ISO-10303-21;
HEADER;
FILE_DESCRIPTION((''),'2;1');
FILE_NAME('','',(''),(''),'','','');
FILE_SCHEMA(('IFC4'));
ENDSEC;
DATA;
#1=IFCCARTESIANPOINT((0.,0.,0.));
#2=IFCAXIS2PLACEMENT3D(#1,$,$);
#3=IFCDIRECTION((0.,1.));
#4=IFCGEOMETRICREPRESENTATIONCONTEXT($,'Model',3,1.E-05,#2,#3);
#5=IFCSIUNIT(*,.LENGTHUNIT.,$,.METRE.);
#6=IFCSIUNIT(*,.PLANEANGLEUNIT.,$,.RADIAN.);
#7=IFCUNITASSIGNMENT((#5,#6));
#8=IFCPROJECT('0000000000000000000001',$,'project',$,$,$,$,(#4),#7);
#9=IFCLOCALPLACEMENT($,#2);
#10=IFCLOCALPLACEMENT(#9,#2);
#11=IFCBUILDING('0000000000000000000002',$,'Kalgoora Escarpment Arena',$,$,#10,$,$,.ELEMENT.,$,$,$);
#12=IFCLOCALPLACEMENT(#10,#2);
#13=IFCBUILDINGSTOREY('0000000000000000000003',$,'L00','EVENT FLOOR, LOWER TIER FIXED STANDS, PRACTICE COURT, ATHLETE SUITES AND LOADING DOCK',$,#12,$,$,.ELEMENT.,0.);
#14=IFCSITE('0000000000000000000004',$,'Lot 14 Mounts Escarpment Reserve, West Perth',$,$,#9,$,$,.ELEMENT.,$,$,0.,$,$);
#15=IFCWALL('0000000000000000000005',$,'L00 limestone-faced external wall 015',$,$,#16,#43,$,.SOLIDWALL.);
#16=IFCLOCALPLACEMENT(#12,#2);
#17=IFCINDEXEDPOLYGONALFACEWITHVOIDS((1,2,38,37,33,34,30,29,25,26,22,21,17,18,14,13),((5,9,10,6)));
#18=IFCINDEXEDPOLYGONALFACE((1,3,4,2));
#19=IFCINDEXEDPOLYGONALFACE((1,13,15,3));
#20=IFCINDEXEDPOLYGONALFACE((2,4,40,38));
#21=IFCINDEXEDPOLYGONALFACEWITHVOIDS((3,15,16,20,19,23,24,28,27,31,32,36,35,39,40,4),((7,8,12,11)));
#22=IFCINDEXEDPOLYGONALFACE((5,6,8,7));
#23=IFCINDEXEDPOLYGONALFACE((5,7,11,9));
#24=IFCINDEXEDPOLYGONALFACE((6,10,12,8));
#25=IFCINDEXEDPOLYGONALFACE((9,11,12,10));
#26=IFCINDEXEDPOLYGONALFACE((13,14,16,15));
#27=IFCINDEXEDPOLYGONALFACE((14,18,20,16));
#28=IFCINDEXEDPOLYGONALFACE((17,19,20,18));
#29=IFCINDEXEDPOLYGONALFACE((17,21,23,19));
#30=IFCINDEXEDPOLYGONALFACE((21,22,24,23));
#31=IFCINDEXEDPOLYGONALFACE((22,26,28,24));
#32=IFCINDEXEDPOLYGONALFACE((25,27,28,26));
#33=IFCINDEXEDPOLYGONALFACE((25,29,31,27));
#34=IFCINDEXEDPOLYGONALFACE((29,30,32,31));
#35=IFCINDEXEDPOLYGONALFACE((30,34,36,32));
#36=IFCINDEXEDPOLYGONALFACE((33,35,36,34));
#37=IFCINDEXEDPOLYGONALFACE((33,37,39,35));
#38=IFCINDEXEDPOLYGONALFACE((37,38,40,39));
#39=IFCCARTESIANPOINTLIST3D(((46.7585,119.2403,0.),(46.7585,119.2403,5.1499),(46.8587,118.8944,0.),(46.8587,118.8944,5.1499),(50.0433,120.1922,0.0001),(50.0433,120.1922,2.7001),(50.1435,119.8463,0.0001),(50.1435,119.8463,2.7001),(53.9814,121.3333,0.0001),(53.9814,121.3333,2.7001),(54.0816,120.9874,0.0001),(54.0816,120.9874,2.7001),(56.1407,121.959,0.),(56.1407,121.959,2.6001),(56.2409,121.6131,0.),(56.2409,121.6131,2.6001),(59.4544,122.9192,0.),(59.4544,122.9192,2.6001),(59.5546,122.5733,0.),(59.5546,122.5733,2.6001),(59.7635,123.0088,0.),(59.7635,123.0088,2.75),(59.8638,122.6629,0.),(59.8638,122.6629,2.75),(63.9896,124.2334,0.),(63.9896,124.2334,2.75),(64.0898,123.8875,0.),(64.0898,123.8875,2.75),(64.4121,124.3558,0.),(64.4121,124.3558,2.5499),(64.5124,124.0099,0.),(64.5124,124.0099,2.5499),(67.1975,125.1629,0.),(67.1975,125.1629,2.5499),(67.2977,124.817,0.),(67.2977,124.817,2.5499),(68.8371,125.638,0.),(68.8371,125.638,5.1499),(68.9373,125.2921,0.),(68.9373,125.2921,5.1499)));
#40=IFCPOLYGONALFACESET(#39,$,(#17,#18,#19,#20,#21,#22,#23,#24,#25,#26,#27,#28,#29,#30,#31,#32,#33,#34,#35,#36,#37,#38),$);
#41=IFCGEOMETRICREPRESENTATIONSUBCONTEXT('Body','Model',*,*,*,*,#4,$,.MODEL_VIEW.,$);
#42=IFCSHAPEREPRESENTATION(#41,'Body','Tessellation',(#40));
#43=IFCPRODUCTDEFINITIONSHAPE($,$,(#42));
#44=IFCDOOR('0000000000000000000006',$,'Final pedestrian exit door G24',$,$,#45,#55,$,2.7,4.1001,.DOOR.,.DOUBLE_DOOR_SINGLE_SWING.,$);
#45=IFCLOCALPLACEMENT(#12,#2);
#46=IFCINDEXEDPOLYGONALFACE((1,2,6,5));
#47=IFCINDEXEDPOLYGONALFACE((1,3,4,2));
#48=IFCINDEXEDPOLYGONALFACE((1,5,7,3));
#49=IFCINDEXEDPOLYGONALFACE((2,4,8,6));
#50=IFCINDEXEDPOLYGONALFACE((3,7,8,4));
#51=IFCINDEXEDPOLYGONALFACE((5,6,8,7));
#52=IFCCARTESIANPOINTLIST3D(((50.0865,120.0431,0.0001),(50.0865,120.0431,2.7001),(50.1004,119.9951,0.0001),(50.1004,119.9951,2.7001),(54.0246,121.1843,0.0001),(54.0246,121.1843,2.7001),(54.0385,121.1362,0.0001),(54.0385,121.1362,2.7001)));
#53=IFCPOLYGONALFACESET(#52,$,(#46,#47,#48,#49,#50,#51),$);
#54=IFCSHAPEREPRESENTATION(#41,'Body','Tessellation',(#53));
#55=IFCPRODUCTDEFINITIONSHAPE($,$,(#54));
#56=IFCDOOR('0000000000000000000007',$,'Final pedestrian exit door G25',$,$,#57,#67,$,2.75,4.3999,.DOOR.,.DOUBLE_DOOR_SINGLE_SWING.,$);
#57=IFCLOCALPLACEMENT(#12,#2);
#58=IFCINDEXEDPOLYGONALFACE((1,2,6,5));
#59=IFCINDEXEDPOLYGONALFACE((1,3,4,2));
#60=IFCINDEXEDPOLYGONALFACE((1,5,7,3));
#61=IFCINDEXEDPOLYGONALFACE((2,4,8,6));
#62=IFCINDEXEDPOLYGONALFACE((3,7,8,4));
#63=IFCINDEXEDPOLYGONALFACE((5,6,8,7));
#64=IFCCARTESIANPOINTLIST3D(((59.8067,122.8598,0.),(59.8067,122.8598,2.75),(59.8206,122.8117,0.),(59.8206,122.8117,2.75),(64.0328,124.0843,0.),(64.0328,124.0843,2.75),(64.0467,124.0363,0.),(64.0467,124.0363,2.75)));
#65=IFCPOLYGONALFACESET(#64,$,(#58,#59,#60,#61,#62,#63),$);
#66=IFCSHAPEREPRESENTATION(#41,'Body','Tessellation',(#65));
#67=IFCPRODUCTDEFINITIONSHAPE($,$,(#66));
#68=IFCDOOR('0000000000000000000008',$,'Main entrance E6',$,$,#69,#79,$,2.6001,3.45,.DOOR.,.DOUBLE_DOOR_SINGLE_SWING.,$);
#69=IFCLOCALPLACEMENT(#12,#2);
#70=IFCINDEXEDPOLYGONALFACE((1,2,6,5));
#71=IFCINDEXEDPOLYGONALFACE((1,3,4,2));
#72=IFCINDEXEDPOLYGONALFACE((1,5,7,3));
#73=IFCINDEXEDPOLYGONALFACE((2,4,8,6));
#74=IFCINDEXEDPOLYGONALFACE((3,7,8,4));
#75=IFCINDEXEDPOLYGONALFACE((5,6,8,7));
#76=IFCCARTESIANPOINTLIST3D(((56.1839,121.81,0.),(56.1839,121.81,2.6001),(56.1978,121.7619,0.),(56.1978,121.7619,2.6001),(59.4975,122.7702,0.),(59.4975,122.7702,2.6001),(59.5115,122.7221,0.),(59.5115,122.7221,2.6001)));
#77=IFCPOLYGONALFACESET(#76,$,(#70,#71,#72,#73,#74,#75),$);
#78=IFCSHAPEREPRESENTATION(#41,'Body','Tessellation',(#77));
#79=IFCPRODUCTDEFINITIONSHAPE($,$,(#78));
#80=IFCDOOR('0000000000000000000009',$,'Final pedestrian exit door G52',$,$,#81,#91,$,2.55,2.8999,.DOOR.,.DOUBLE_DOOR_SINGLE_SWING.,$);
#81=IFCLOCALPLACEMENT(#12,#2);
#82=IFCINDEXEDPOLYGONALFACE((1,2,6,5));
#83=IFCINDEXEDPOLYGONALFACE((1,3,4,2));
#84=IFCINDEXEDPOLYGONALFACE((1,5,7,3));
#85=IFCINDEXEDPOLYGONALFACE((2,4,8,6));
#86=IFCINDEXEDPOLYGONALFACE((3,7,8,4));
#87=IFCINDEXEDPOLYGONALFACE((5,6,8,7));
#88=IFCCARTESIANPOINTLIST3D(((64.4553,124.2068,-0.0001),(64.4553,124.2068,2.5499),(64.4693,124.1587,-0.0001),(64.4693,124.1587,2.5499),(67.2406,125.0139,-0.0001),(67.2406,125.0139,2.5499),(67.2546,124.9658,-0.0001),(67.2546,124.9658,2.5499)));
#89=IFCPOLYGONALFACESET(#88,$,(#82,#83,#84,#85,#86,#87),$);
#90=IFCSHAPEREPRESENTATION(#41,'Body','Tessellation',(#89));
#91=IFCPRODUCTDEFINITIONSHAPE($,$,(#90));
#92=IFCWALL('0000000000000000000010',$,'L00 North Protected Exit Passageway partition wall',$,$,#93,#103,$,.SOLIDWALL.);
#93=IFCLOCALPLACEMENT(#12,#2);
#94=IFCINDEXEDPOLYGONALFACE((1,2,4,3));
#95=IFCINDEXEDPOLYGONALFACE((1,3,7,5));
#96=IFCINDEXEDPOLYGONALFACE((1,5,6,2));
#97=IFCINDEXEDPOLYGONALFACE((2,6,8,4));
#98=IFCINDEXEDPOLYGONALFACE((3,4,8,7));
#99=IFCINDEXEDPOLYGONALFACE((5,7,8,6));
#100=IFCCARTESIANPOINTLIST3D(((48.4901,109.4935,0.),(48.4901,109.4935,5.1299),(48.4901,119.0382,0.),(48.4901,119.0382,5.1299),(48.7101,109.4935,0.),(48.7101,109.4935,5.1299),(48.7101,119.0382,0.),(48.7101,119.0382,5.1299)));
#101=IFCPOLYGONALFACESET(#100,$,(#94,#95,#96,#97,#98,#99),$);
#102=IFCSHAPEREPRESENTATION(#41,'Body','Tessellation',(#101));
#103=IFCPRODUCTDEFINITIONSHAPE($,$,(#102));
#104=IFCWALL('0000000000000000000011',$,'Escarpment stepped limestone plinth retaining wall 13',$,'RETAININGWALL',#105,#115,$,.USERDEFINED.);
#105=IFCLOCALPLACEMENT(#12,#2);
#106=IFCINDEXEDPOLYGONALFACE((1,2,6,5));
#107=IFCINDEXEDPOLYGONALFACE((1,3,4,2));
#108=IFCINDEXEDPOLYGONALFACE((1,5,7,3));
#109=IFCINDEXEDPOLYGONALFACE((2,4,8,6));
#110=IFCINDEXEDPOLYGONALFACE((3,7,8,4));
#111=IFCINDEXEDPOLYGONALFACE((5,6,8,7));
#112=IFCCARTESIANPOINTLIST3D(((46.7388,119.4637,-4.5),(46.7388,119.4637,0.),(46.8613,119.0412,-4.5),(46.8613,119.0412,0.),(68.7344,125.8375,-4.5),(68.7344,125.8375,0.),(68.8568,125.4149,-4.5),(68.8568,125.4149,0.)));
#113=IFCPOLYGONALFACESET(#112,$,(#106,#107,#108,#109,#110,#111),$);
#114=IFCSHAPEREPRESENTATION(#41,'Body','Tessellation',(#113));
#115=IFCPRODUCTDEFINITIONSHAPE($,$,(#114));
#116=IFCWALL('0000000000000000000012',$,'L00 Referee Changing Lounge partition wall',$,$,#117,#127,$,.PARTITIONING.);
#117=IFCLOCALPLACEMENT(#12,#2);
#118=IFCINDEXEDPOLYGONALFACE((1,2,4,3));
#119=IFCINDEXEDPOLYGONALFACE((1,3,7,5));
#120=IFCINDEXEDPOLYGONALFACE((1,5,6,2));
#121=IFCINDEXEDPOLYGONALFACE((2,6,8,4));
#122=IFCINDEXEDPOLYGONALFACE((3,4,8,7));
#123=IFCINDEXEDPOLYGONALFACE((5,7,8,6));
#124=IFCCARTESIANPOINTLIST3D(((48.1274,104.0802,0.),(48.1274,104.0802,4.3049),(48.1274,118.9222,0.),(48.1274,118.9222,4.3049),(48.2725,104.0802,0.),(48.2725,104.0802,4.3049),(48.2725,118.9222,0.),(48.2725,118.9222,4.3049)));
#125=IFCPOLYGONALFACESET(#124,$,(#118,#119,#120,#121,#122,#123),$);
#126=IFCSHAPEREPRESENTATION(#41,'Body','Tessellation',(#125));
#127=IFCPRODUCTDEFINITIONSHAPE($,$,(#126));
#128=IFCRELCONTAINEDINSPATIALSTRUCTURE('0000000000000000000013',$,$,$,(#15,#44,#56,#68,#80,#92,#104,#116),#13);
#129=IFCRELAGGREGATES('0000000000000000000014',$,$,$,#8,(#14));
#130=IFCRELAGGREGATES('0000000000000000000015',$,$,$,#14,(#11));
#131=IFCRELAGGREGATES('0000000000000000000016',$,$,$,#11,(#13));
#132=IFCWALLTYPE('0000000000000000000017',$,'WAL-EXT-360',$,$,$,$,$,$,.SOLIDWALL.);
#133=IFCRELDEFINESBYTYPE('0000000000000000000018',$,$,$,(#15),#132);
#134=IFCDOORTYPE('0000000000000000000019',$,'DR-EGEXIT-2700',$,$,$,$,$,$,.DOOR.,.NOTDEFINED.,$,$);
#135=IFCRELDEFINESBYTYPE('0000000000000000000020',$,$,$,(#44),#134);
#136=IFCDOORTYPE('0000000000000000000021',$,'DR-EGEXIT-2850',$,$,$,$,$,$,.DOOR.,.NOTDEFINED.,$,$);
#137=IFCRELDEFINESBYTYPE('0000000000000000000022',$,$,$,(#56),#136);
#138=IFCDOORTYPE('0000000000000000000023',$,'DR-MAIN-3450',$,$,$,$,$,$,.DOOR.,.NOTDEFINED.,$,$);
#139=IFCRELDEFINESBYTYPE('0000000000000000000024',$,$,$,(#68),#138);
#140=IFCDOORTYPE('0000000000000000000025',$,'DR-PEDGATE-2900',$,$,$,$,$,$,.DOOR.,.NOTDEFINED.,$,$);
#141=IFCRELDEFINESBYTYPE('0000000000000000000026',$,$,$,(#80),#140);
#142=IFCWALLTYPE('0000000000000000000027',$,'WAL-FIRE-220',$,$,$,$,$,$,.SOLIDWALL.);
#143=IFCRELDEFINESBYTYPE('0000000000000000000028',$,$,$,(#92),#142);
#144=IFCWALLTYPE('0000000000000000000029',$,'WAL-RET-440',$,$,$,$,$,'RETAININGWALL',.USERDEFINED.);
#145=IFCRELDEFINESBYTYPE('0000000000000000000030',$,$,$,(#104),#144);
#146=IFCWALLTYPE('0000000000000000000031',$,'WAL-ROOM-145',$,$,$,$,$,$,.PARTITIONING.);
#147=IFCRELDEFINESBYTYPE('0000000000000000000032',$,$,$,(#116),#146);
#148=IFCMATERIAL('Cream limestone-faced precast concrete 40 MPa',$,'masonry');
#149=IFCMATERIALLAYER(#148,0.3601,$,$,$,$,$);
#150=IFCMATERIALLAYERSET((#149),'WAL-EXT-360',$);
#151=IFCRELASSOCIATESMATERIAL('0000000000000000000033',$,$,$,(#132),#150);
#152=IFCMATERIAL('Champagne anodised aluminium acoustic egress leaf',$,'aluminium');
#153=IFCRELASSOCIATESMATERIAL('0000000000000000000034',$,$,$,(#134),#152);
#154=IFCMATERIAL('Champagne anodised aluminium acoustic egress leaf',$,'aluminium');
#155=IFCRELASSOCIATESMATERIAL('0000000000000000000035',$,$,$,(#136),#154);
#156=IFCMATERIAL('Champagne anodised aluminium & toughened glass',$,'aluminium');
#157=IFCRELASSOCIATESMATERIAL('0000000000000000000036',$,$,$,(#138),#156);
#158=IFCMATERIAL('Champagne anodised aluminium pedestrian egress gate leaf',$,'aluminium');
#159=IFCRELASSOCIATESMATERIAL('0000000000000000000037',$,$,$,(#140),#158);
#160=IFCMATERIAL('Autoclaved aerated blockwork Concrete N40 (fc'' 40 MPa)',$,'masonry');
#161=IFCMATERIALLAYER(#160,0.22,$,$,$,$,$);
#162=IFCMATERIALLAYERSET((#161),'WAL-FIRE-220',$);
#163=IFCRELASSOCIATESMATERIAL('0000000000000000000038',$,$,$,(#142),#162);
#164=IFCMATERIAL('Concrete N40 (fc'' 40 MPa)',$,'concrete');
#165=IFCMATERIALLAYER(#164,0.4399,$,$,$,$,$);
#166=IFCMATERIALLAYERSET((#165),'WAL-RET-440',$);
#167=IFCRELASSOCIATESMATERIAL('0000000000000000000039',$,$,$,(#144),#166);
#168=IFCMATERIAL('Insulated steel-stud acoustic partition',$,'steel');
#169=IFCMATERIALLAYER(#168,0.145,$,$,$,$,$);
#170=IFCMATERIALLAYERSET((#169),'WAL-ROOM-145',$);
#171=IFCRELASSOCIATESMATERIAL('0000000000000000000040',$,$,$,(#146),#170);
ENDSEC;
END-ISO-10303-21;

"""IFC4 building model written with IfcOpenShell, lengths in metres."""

from ifc_helpers import new_model, si_unit, direction, frame, frame_2d, origin, place, context, subcontext, project, spatial, rectangle, extrude, material, layer, layer_set, type_object, element, fill, save


model = new_model("IFC4")

# Units and contexts
model_context = context("Model", 3, precision=1e-05, world=origin(), true_north=direction((0.0, 1.0)))
body_context = subcontext(model_context, "Body", "Model", "MODEL_VIEW")
ifc_project = project(units=[si_unit("LENGTHUNIT", "METRE"), si_unit("PLANEANGLEUNIT", "RADIAN")], contexts=[model_context])

# Site, building, storey
site_placement = place(None, origin())
site = spatial("IfcSite", under=ifc_project, at=site_placement, Name="Lot 14 Mounts Escarpment Reserve, West Perth", CompositionType="ELEMENT", RefElevation=0.0)
building_placement = place(site_placement, origin())
building = spatial("IfcBuilding", under=site, at=building_placement, Name="Kalgoora Escarpment Arena", CompositionType="ELEMENT")
storey_placement = place(building_placement, origin())
storey = spatial("IfcBuildingStorey", under=building, at=storey_placement, Name="L00", Description="EVENT FLOOR, LOWER TIER FIXED STANDS, PRACTICE COURT, ATHLETE SUITES AND LOADING DOCK", CompositionType="ELEMENT", Elevation=0.0)

# Wall, openings, doors
ifc_material_1 = material(Name="Cream limestone-faced precast concrete 40 MPa", Category="masonry")
ifc_layer_1 = layer(ifc_material_1, 0.3601)
ifc_layer_set_1 = layer_set([ifc_layer_1], Name="WAL-EXT-360")
wall_type_1 = type_object("IfcWallType", Name="WAL-EXT-360", PredefinedType="SOLIDWALL", material=ifc_layer_set_1)
wall_1_placement = place(storey_placement, frame((46.8086, 119.0674, 0.0), z_axis=(0.0, 0.0, 1.0), x_axis=(0.960488, 0.27832, 0.0)))
wall_1 = element("IfcWall", 1, at=wall_1_placement, inside=storey, type_object=wall_type_1, Name="L00 limestone-faced external wall 015", PredefinedType="SOLIDWALL", context=body_context, shape_type="SweptSolid", body=[
    extrude(rectangle(XDim=22.9868, YDim=0.3601, at=frame_2d((11.4934, 0.0))), origin(), (0.0, 0.0, 1.0), 5.1499),
])
opening_1_placement = place(wall_1_placement, frame((9.7681, 0.0, 0.0)))
opening_1 = element("IfcOpeningElement", 2, at=opening_1_placement, cuts=wall_1, PredefinedType="OPENING", context=body_context, shape_type="SweptSolid", body=[
    extrude(rectangle(XDim=3.45, YDim=2.6001, at=frame_2d((1.7251, 1.3))), frame((0.0, 0.1899, 0.0), z_axis=(0.0, -1.0, 0.0), x_axis=(1.0, 0.0, 0.0)), (0.0, 0.0, 1.0), 0.3801),
])
opening_2_placement = place(wall_1_placement, frame((3.4199, 0.0, 0.0)))
opening_2 = element("IfcOpeningElement", 3, at=opening_2_placement, cuts=wall_1, PredefinedType="OPENING", context=body_context, shape_type="SweptSolid", body=[
    extrude(rectangle(XDim=4.1001, YDim=2.7, at=frame_2d((2.05, 1.3501))), frame((0.0, 0.1899, 0.0), z_axis=(0.0, -1.0, 0.0), x_axis=(1.0, 0.0, 0.0)), (0.0, 0.0, 1.0), 0.3801),
])
opening_3_placement = place(wall_1_placement, frame((13.54, 0.0, 0.0)))
opening_3 = element("IfcOpeningElement", 4, at=opening_3_placement, cuts=wall_1, PredefinedType="OPENING", context=body_context, shape_type="SweptSolid", body=[
    extrude(rectangle(XDim=4.3999, YDim=2.75, at=frame_2d((2.2, 1.375))), frame((0.0, 0.1899, 0.0), z_axis=(0.0, -1.0, 0.0), x_axis=(1.0, 0.0, 0.0)), (0.0, 0.0, 1.0), 0.3801),
])
opening_4_placement = place(wall_1_placement, frame((18.3799, 0.0, 0.0)))
opening_4 = element("IfcOpeningElement", 5, at=opening_4_placement, cuts=wall_1, PredefinedType="OPENING", context=body_context, shape_type="SweptSolid", body=[
    extrude(rectangle(XDim=2.8999, YDim=2.55, at=frame_2d((1.45, 1.2749))), frame((0.0, 0.1899, 0.0), z_axis=(0.0, -1.0, 0.0), x_axis=(1.0, 0.0, 0.0)), (0.0, 0.0, 1.0), 0.3801),
])
ifc_material_2 = material(Name="Champagne anodised aluminium acoustic egress leaf", Category="aluminium")
door_type_1 = type_object("IfcDoorType", Name="DR-EGEXIT-2700", OperationType="NOTDEFINED", PredefinedType="DOOR", material=ifc_material_2)
door_1_placement = place(opening_2_placement, origin())
door_1 = element("IfcDoor", 6, at=door_1_placement, inside=storey, type_object=door_type_1, Name="Final pedestrian exit door G24", OperationType="DOUBLE_DOOR_SINGLE_SWING", OverallHeight=2.7, OverallWidth=4.1001, PredefinedType="DOOR", context=body_context, shape_type="SweptSolid", body=[
    extrude(rectangle(XDim=4.1001, YDim=2.7, at=frame_2d((2.05, 1.3501))), frame((0.0, 0.0249, 0.0), z_axis=(0.0, -1.0, 0.0), x_axis=(1.0, 0.0, 0.0)), (0.0, 0.0, 1.0), 0.05),
])
fill(opening_2, door_1)
ifc_material_3 = material(Name="Champagne anodised aluminium acoustic egress leaf", Category="aluminium")
door_type_2 = type_object("IfcDoorType", Name="DR-EGEXIT-2850", OperationType="NOTDEFINED", PredefinedType="DOOR", material=ifc_material_3)
door_2_placement = place(opening_3_placement, origin())
door_2 = element("IfcDoor", 7, at=door_2_placement, inside=storey, type_object=door_type_2, Name="Final pedestrian exit door G25", OperationType="DOUBLE_DOOR_SINGLE_SWING", OverallHeight=2.75, OverallWidth=4.3999, PredefinedType="DOOR", context=body_context, shape_type="SweptSolid", body=[
    extrude(rectangle(XDim=4.3999, YDim=2.75, at=frame_2d((2.2, 1.375))), frame((0.0, 0.0249, 0.0), z_axis=(0.0, -1.0, 0.0), x_axis=(1.0, 0.0, 0.0)), (0.0, 0.0, 1.0), 0.05),
])
fill(opening_3, door_2)
ifc_material_4 = material(Name="Champagne anodised aluminium & toughened glass", Category="aluminium")
door_type_3 = type_object("IfcDoorType", Name="DR-MAIN-3450", OperationType="NOTDEFINED", PredefinedType="DOOR", material=ifc_material_4)
door_3_placement = place(opening_1_placement, origin())
door_3 = element("IfcDoor", 8, at=door_3_placement, inside=storey, type_object=door_type_3, Name="Main entrance E6", OperationType="DOUBLE_DOOR_SINGLE_SWING", OverallHeight=2.6001, OverallWidth=3.45, PredefinedType="DOOR", context=body_context, shape_type="SweptSolid", body=[
    extrude(rectangle(XDim=3.45, YDim=2.6001, at=frame_2d((1.7251, 1.3))), frame((0.0, 0.0249, 0.0), z_axis=(0.0, -1.0, 0.0), x_axis=(1.0, 0.0, 0.0)), (0.0, 0.0, 1.0), 0.05),
])
fill(opening_1, door_3)
ifc_material_5 = material(Name="Champagne anodised aluminium pedestrian egress gate leaf", Category="aluminium")
door_type_4 = type_object("IfcDoorType", Name="DR-PEDGATE-2900", OperationType="NOTDEFINED", PredefinedType="DOOR", material=ifc_material_5)
door_4_placement = place(opening_4_placement, origin())
door_4 = element("IfcDoor", 9, at=door_4_placement, inside=storey, type_object=door_type_4, Name="Final pedestrian exit door G52", OperationType="DOUBLE_DOOR_SINGLE_SWING", OverallHeight=2.55, OverallWidth=2.8999, PredefinedType="DOOR", context=body_context, shape_type="SweptSolid", body=[
    extrude(rectangle(XDim=2.8999, YDim=2.55, at=frame_2d((1.45, 1.2749))), frame((0.0, 0.0249, 0.0), z_axis=(0.0, -1.0, 0.0), x_axis=(1.0, 0.0, 0.0)), (0.0, 0.0, 1.0), 0.05),
])
fill(opening_4, door_4)

# Walls
ifc_material_6 = material(Name="Autoclaved aerated blockwork Concrete N40 (fc' 40 MPa)", Category="masonry")
ifc_layer_2 = layer(ifc_material_6, 0.22)
ifc_layer_set_2 = layer_set([ifc_layer_2], Name="WAL-FIRE-220")
wall_type_2 = type_object("IfcWallType", Name="WAL-FIRE-220", PredefinedType="SOLIDWALL", material=ifc_layer_set_2)
wall_2_placement = place(storey_placement, frame((48.6001, 109.4934, 0.0), z_axis=(0.0, 0.0, 1.0), x_axis=(0.0, 1.0, 0.0)))
element("IfcWall", 10, at=wall_2_placement, inside=storey, type_object=wall_type_2, Name="L00 North Protected Exit Passageway partition wall", PredefinedType="SOLIDWALL", context=body_context, shape_type="SweptSolid", body=[
    extrude(rectangle(XDim=9.5447, YDim=0.22, at=frame_2d((4.7725, 0.0))), origin(), (0.0, 0.0, 1.0), 5.1299),
])
ifc_material_7 = material(Name="Concrete N40 (fc' 40 MPa)", Category="concrete")
ifc_layer_3 = layer(ifc_material_7, 0.4399)
ifc_layer_set_3 = layer_set([ifc_layer_3], Name="WAL-RET-440")
wall_type_3 = type_object("IfcWallType", Name="WAL-RET-440", ElementType="RETAININGWALL", PredefinedType="USERDEFINED", material=ifc_layer_set_3)
wall_3_placement = place(storey_placement, frame((46.8, 119.2524, -4.5), z_axis=(0.0, 0.0, 1.0), x_axis=(0.960487, 0.278325, 0.0)))
element("IfcWall", 11, at=wall_3_placement, inside=storey, type_object=wall_type_3, Name="Escarpment stepped limestone plinth retaining wall 13", ObjectType="RETAININGWALL", PredefinedType="USERDEFINED", context=body_context, shape_type="SweptSolid", body=[
    extrude(rectangle(XDim=22.9004, YDim=0.4399, at=frame_2d((11.4502, 0.0))), origin(), (0.0, 0.0, 1.0), 4.5),
])
ifc_material_8 = material(Name="Insulated steel-stud acoustic partition", Category="steel")
ifc_layer_4 = layer(ifc_material_8, 0.145)
ifc_layer_set_4 = layer_set([ifc_layer_4], Name="WAL-ROOM-145")
wall_type_4 = type_object("IfcWallType", Name="WAL-ROOM-145", PredefinedType="PARTITIONING", material=ifc_layer_set_4)
wall_4_placement = place(storey_placement, frame((48.2, 118.9221, 0.0), z_axis=(0.0, 0.0, 1.0), x_axis=(0.0, -1.0, 0.0)))
element("IfcWall", 12, at=wall_4_placement, inside=storey, type_object=wall_type_4, Name="L00 Referee Changing Lounge partition wall", PredefinedType="PARTITIONING", context=body_context, shape_type="SweptSolid", body=[
    extrude(rectangle(XDim=14.842, YDim=0.145, at=frame_2d((7.4209, 0.0))), origin(), (0.0, 0.0, 1.0), 4.3049),
])

save(model, "model.ifc")
